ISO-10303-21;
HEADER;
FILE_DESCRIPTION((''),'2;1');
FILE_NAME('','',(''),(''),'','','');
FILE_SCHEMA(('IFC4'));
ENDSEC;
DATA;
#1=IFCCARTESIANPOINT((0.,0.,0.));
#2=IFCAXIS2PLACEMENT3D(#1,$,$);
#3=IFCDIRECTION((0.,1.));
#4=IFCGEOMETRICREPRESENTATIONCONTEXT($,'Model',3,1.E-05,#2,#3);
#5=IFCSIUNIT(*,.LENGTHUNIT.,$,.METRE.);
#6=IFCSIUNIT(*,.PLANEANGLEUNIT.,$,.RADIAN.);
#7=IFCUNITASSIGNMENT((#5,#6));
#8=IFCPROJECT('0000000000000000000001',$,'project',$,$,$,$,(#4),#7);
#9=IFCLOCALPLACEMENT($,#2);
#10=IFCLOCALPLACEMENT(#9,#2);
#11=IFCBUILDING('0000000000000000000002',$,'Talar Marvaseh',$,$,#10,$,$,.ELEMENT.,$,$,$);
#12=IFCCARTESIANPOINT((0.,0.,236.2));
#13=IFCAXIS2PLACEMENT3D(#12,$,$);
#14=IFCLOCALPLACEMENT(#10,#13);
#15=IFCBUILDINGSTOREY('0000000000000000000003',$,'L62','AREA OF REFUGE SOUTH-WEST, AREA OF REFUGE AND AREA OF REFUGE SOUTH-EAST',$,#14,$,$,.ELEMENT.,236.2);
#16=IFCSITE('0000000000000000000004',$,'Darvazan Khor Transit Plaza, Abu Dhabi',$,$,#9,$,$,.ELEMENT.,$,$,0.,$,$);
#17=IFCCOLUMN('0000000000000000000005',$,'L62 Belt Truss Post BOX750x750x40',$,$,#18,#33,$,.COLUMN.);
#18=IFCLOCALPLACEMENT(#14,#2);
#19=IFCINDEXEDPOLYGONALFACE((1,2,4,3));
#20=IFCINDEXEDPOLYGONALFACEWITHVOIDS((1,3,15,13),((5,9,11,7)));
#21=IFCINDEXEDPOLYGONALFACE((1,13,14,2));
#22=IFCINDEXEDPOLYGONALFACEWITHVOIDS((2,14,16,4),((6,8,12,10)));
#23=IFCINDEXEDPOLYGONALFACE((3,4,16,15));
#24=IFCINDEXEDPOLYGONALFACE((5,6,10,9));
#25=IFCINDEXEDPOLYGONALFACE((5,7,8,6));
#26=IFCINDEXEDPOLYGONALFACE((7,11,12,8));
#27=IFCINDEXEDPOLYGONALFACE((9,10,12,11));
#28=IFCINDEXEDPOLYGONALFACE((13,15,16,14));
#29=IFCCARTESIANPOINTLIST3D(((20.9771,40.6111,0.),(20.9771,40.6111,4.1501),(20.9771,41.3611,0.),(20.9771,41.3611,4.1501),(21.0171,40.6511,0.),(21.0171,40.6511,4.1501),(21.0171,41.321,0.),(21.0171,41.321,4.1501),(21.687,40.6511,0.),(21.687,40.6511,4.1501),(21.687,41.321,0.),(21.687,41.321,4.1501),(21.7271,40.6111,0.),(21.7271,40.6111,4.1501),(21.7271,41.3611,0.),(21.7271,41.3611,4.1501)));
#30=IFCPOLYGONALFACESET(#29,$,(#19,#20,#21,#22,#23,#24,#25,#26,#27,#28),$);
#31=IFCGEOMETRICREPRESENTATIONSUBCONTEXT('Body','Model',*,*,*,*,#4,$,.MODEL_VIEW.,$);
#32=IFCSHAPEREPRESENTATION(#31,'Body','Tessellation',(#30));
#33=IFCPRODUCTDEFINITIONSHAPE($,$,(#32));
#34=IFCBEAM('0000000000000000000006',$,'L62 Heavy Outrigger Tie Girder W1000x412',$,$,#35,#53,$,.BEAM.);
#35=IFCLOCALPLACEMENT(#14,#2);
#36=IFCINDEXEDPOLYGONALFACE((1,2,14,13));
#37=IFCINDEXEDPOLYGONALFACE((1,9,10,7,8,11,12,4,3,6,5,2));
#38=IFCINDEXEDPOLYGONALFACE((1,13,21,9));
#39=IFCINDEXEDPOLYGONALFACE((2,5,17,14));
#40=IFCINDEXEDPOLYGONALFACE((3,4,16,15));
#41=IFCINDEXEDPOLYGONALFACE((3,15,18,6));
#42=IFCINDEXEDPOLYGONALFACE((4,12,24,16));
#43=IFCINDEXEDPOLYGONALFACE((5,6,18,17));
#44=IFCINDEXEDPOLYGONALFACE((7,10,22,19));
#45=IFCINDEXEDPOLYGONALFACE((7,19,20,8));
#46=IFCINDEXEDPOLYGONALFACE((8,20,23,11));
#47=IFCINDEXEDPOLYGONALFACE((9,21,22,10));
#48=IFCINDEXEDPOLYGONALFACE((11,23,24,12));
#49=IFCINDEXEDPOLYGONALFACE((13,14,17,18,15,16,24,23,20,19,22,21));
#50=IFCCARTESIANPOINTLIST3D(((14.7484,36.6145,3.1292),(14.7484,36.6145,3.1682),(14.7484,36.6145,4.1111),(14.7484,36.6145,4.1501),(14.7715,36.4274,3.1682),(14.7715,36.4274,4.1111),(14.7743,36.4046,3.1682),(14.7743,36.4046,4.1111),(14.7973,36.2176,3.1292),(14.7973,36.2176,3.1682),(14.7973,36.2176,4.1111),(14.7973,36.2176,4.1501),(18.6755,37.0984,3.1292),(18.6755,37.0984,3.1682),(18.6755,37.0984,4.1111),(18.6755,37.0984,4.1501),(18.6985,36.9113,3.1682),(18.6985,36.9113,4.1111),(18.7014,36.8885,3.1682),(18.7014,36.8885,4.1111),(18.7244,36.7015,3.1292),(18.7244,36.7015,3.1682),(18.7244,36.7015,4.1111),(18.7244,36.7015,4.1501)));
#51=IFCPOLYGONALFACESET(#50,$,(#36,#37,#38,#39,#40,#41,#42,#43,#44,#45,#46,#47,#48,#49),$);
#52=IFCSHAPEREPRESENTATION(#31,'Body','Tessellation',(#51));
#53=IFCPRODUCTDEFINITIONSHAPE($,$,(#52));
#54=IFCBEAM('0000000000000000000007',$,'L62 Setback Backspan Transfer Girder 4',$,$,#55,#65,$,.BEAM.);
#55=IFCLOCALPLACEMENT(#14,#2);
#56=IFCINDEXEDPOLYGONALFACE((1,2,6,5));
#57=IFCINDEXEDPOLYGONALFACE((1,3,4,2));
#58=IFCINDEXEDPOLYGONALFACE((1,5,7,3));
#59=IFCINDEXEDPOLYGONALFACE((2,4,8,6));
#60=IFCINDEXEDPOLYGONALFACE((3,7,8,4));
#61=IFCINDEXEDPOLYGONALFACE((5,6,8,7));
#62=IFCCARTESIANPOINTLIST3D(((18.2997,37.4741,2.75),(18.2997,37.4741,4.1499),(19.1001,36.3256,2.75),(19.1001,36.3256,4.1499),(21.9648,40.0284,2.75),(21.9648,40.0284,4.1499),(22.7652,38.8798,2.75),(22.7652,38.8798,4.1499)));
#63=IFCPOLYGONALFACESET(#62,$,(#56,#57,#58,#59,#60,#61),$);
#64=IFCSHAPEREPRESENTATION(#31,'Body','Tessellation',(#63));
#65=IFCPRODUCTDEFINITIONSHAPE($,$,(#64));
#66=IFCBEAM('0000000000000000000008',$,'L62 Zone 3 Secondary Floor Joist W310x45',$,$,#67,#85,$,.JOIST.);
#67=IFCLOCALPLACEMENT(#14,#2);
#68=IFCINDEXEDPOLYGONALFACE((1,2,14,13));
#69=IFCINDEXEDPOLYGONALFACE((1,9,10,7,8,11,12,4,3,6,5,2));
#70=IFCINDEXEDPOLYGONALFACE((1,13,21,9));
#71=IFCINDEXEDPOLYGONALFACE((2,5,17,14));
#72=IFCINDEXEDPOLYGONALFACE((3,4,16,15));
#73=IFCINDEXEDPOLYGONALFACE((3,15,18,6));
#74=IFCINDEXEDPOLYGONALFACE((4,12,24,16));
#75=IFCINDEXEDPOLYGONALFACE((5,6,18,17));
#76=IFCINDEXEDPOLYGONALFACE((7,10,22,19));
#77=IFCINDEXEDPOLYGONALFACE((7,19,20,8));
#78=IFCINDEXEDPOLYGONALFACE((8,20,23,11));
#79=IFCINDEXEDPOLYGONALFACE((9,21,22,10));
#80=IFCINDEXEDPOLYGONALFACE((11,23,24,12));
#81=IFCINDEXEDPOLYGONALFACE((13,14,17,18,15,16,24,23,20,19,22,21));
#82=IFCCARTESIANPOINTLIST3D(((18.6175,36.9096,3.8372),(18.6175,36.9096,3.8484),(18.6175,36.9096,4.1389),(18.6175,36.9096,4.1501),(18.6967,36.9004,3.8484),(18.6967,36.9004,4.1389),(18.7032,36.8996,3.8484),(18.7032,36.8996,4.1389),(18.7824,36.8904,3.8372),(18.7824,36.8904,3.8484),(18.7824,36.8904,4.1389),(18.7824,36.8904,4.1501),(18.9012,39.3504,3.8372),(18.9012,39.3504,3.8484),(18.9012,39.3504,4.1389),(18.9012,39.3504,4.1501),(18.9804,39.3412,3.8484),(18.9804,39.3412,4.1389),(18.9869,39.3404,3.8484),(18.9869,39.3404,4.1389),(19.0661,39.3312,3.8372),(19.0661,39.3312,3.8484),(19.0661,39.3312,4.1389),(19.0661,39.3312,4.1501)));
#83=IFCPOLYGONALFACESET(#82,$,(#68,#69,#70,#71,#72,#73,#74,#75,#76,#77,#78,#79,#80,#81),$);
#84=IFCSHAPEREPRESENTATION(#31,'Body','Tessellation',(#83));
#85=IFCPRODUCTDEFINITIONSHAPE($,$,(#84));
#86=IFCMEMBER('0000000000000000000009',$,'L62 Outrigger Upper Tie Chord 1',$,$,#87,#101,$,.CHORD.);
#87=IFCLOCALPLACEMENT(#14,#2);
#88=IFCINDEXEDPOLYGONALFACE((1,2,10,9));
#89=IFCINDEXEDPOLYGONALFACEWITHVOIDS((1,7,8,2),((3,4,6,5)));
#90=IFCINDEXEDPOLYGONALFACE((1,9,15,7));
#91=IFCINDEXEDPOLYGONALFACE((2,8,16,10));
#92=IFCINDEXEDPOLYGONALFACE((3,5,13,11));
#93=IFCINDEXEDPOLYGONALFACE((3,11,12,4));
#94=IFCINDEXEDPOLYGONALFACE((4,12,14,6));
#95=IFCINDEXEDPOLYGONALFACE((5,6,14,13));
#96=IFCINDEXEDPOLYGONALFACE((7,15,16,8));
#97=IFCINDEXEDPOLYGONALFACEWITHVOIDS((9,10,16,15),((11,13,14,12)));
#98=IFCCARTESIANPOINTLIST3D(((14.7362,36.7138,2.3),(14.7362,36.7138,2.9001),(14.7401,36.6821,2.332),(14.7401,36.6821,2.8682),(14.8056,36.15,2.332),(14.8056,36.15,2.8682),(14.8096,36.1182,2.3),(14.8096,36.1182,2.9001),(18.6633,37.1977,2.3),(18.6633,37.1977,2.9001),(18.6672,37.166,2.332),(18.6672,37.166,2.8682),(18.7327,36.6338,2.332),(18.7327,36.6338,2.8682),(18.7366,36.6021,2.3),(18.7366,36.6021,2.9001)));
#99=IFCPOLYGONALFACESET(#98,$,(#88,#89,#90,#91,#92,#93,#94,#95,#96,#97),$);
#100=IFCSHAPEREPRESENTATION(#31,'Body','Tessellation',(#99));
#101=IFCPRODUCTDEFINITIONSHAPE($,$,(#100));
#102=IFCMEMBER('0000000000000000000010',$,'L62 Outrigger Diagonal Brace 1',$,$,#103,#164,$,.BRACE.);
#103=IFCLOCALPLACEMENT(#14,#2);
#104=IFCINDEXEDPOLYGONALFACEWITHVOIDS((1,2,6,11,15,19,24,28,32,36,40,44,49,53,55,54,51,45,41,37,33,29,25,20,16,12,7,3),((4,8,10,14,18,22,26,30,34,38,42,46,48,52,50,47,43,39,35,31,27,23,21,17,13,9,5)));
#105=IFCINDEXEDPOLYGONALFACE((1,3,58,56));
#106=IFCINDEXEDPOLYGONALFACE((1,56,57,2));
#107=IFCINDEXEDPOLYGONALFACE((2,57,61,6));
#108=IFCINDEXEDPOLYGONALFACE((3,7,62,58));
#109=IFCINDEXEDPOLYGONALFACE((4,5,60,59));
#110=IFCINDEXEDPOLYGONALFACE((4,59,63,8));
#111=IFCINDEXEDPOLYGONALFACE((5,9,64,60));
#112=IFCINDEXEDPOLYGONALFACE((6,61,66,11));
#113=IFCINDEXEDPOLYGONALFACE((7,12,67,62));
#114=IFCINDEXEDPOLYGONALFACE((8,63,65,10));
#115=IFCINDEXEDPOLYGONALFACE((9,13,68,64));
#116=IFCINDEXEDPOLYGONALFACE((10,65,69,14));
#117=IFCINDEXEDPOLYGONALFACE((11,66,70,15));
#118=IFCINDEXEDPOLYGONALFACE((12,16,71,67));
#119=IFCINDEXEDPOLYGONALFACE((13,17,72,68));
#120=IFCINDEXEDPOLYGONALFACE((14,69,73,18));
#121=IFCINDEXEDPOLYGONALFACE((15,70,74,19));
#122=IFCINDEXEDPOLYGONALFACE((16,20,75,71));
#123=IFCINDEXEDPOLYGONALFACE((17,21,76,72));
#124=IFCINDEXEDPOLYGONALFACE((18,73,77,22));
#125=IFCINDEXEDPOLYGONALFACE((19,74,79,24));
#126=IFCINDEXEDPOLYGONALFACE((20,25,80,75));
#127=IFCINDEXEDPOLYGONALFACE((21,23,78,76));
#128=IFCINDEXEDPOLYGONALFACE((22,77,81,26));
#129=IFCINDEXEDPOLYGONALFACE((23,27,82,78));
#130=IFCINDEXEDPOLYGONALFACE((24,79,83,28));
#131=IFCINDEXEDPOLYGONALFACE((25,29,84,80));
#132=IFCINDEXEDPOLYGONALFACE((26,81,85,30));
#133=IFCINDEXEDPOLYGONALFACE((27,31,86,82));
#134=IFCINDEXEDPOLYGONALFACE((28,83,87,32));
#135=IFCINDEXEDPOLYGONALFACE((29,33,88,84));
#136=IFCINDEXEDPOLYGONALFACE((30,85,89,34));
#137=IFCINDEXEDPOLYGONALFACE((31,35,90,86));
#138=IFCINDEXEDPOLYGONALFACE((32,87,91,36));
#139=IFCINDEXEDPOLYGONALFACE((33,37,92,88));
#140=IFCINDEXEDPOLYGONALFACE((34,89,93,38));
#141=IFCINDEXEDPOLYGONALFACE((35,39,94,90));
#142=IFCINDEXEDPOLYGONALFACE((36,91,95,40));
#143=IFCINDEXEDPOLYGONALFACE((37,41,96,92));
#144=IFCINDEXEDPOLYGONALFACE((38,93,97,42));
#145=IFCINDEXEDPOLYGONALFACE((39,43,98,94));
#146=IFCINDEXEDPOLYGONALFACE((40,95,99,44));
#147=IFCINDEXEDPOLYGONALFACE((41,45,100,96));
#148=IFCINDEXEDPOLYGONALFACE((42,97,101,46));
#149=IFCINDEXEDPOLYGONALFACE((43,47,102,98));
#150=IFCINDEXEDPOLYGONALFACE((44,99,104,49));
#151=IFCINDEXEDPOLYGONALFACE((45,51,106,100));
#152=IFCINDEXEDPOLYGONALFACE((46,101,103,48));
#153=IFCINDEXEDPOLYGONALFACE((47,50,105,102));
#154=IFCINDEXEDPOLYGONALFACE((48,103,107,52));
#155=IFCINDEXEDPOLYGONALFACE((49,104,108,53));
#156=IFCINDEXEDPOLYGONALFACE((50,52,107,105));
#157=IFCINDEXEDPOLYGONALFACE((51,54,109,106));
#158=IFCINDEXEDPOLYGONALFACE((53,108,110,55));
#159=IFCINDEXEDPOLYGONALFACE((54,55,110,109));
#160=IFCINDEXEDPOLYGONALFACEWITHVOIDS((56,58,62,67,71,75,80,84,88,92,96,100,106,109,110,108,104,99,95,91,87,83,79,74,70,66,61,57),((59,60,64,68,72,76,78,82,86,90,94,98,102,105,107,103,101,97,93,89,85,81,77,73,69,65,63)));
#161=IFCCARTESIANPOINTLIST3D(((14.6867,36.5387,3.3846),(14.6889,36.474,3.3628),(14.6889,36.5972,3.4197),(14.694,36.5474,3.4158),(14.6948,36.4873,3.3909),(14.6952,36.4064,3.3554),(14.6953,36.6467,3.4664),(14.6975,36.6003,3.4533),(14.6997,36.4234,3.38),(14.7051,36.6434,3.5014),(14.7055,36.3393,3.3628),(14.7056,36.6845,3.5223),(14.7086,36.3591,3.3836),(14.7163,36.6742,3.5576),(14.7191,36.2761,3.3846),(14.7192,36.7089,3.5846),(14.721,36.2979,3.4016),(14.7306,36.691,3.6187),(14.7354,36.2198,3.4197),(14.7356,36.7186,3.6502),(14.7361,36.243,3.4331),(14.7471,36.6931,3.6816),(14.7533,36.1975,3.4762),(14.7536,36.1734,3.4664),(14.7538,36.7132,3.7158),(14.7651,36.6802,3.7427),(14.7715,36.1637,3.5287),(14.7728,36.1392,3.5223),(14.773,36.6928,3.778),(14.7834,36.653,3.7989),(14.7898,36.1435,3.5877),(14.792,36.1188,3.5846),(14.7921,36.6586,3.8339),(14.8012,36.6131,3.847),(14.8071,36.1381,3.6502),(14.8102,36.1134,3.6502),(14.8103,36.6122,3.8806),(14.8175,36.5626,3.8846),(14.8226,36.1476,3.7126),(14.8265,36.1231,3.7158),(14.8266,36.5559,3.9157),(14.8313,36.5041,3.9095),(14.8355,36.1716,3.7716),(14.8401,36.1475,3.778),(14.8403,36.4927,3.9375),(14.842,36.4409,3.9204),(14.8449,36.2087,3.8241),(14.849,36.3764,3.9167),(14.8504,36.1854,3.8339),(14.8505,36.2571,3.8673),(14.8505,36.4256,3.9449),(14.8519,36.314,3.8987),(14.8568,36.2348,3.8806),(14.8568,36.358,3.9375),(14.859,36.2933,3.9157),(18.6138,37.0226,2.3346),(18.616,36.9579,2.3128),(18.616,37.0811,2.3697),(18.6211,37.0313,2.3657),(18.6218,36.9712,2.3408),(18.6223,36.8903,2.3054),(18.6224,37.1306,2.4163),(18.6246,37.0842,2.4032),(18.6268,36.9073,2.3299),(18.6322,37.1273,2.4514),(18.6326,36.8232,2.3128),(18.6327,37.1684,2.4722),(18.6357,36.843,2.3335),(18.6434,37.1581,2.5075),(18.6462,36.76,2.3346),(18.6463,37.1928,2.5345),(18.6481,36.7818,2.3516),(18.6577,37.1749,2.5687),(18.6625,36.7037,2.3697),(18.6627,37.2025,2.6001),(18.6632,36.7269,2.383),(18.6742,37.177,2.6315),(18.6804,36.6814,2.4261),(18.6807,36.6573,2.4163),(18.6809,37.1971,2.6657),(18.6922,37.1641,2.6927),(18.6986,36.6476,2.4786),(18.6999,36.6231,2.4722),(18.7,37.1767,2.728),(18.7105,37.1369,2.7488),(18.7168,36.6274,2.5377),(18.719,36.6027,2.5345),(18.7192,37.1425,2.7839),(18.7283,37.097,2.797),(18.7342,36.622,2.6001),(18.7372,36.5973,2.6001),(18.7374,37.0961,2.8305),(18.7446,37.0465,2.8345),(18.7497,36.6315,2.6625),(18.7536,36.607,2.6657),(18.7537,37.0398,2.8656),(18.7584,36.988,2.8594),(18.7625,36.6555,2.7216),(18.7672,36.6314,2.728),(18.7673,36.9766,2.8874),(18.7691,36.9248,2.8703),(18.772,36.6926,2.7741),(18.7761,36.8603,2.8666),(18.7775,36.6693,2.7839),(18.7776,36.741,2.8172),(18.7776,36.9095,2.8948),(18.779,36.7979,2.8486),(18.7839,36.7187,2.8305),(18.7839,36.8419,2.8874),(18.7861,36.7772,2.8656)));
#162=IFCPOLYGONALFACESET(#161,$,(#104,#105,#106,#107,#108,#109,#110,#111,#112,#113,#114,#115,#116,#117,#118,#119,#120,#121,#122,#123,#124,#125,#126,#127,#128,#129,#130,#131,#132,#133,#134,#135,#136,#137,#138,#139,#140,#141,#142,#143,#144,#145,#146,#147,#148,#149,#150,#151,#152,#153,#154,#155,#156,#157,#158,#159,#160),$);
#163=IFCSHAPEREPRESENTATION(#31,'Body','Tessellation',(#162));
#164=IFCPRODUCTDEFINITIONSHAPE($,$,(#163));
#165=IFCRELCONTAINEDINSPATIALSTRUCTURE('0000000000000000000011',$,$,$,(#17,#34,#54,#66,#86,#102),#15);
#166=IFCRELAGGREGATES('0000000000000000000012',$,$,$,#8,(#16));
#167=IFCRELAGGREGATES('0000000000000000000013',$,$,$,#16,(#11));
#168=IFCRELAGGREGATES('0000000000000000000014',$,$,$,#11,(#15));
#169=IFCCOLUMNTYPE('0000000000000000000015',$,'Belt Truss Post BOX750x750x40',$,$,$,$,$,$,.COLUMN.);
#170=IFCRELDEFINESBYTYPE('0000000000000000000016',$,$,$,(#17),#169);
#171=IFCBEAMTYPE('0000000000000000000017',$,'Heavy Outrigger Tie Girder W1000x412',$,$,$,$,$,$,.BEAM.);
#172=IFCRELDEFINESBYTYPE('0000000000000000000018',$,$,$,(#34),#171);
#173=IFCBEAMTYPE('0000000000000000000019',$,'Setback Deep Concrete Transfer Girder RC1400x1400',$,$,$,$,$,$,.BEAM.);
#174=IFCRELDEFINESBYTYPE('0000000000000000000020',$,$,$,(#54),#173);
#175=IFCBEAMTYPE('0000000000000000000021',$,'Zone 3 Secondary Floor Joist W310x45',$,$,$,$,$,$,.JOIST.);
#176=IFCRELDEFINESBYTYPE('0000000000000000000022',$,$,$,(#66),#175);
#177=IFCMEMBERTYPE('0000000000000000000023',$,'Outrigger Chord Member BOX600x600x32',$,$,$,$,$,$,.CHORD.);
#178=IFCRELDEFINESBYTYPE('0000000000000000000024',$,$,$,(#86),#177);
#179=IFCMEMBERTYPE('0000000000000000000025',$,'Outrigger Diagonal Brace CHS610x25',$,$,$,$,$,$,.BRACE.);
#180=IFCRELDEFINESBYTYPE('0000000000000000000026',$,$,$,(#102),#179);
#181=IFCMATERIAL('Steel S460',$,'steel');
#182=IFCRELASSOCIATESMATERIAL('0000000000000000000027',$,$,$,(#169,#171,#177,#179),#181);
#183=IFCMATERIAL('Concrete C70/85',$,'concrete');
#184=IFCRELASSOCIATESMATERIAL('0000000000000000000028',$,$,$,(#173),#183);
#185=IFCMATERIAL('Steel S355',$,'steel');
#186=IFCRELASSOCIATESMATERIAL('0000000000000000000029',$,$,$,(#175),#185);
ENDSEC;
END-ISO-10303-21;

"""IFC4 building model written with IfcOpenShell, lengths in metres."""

from ifc_helpers import new_model, si_unit, direction, frame, origin, origin_2d, place, context, subcontext, project, spatial, rectangle, hollow_rectangle, hollow_circle, i_section, extrude, source, transform, mapped, material, material_profile, profile_set, type_object, type_shapes, element, save


model = new_model("IFC4")

# Units and contexts
model_context = context("Model", 3, precision=1e-05, world=origin(), true_north=direction((0.0, 1.0)))
body_context = subcontext(model_context, "Body", "Model", "MODEL_VIEW")
ifc_project = project(units=[si_unit("LENGTHUNIT", "METRE"), si_unit("PLANEANGLEUNIT", "RADIAN")], contexts=[model_context])

# Site, building, storey
site_placement = place(None, origin())
site = spatial("IfcSite", under=ifc_project, at=site_placement, Name="Darvazan Khor Transit Plaza, Abu Dhabi", CompositionType="ELEMENT", RefElevation=0.0)
building_placement = place(site_placement, origin())
building = spatial("IfcBuilding", under=site, at=building_placement, Name="Talar Marvaseh", CompositionType="ELEMENT")
storey_placement = place(building_placement, frame((0.0, 0.0, 236.2)))
storey = spatial("IfcBuildingStorey", under=building, at=storey_placement, Name="L62", Description="AREA OF REFUGE SOUTH-WEST, AREA OF REFUGE AND AREA OF REFUGE SOUTH-EAST", CompositionType="ELEMENT", Elevation=236.2)

# Column
ifc_material_1 = material(Name="Steel S460", Category="steel")
ifc_material_profile_1 = material_profile(ifc_material_1, hollow_rectangle(XDim=0.75, YDim=0.75, WallThickness=0.04, at=origin_2d()), Name="BOX750x750x40")
ifc_profile_set_1 = profile_set([ifc_material_profile_1], Name="Steel S460")
column_type = type_object("IfcColumnType", Name="Belt Truss Post BOX750x750x40", PredefinedType="COLUMN", material=ifc_profile_set_1)
column_placement = place(storey_placement, frame((21.3521, 40.9861, 0.0), z_axis=(0.0, 0.0, 1.0), x_axis=(1.0, 0.0, 0.0)))
element("IfcColumn", 1, at=column_placement, inside=storey, type_object=column_type, Name="L62 Belt Truss Post BOX750x750x40", PredefinedType="COLUMN", context=body_context, shape_type="SweptSolid", body=[
    extrude(hollow_rectangle(XDim=0.75, YDim=0.75, WallThickness=0.04, at=origin_2d()), origin(), (0.0, 0.0, 1.0), 4.1501),
])

# Beams
ifc_material_profile_2 = material_profile(ifc_material_1, i_section(OverallWidth=0.3999, OverallDepth=1.021, WebThickness=0.0229, FlangeThickness=0.0391, at=origin_2d()), Name="W1000x412")
ifc_profile_set_2 = profile_set([ifc_material_profile_2], Name="Steel S460")
beam_type_1 = type_object("IfcBeamType", Name="Heavy Outrigger Tie Girder W1000x412", PredefinedType="BEAM", material=ifc_profile_set_2)
beam_1_placement = place(storey_placement, frame((18.7, 36.8999, 3.6396), z_axis=(-0.992494, -0.122295, 0.0), x_axis=(0.122295, -0.992494, 0.0)))
element("IfcBeam", 2, at=beam_1_placement, inside=storey, type_object=beam_type_1, Name="L62 Heavy Outrigger Tie Girder W1000x412", PredefinedType="BEAM", context=body_context, shape_type="SweptSolid", body=[
    extrude(i_section(OverallWidth=0.3999, OverallDepth=1.021, WebThickness=0.0229, FlangeThickness=0.0391, at=origin_2d()), origin(), (0.0, 0.0, 1.0), 3.9568),
])
ifc_material_2 = material(Name="Concrete C70/85", Category="concrete")
ifc_material_profile_3 = material_profile(ifc_material_2, rectangle(XDim=1.3999, YDim=1.3999, at=origin_2d()), Name="RC1400x1400")
ifc_profile_set_3 = profile_set([ifc_material_profile_3], Name="Concrete C70/85")
beam_type_2 = type_object("IfcBeamType", Name="Setback Deep Concrete Transfer Girder RC1400x1400", PredefinedType="BEAM", material=ifc_profile_set_3)
beam_2_placement = place(storey_placement, frame((22.365, 39.4541, 3.45), z_axis=(-0.820421, -0.571759, 0.0), x_axis=(0.571759, -0.820421, 0.0)))
element("IfcBeam", 3, at=beam_2_placement, inside=storey, type_object=beam_type_2, Name="L62 Setback Backspan Transfer Girder 4", PredefinedType="BEAM", context=body_context, shape_type="SweptSolid", body=[
    extrude(rectangle(XDim=1.3999, YDim=1.3999, at=origin_2d()), origin(), (0.0, 0.0, 1.0), 4.4673),
])
ifc_material_3 = material(Name="Steel S355", Category="steel")
ifc_material_profile_4 = material_profile(ifc_material_3, i_section(OverallWidth=0.166, OverallDepth=0.313, WebThickness=0.0066, FlangeThickness=0.0112, at=origin_2d()), Name="W310x45")
ifc_profile_set_4 = profile_set([ifc_material_profile_4], Name="Steel S355")
beam_type_3 = type_object("IfcBeamType", Name="Zone 3 Secondary Floor Joist W310x45", PredefinedType="JOIST", material=ifc_profile_set_4)
beam_3_placement = place(storey_placement, frame((18.9836, 39.3408, 3.9937), z_axis=(-0.115446, -0.993314, 0.0), x_axis=(0.993314, -0.115446, 0.0)))
element("IfcBeam", 4, at=beam_3_placement, inside=storey, type_object=beam_type_3, Name="L62 Zone 3 Secondary Floor Joist W310x45", PredefinedType="JOIST", context=body_context, shape_type="SweptSolid", body=[
    extrude(i_section(OverallWidth=0.166, OverallDepth=0.313, WebThickness=0.0066, FlangeThickness=0.0112, at=origin_2d()), origin(), (0.0, 0.0, 1.0), 2.4573),
])

# Members
ifc_material_profile_5 = material_profile(ifc_material_1, hollow_rectangle(XDim=0.6001, YDim=0.6001, WallThickness=0.032, at=origin_2d()), Name="BOX600x600x32")
ifc_profile_set_5 = profile_set([ifc_material_profile_5], Name="Steel S460")
member_type_1 = type_object("IfcMemberType", Name="Outrigger Chord Member BOX600x600x32", PredefinedType="CHORD", material=ifc_profile_set_5)
shared_shape_1 = source(origin(), body_context, "Body", "SweptSolid", [
    extrude(hollow_rectangle(XDim=0.6001, YDim=0.6001, WallThickness=0.032, at=origin_2d()), origin(), (0.0, 0.0, 1.0), 3.9568),
])
type_shapes(member_type_1, [shared_shape_1])
member_1_placement = place(storey_placement, frame((18.7, 36.8999, 2.6001), z_axis=(-0.992494, -0.122295, 0.0), x_axis=(0.122295, -0.992494, 0.0)))
element("IfcMember", 5, at=member_1_placement, inside=storey, type_object=member_type_1, Name="L62 Outrigger Upper Tie Chord 1", PredefinedType="CHORD", context=body_context, shape_type="MappedRepresentation", body=[
    mapped(shared_shape_1, transform((0.0, 0.0, 0.0), x_axis=(1.0, 0.0, 0.0), y_axis=(0.0, 1.0, 0.0), z_axis=(0.0, 0.0, 1.0), scale=1.0)),
])
ifc_material_profile_6 = material_profile(ifc_material_1, hollow_circle(Radius=0.3049, WallThickness=0.0249, at=origin_2d()), Name="CHS610x25")
ifc_profile_set_6 = profile_set([ifc_material_profile_6], Name="Steel S460")
member_type_2 = type_object("IfcMemberType", Name="Outrigger Diagonal Brace CHS610x25", PredefinedType="BRACE", material=ifc_profile_set_6)
shared_shape_2 = source(origin(), body_context, "Body", "SweptSolid", [
    extrude(hollow_circle(Radius=0.3049, WallThickness=0.0249, at=origin_2d()), origin(), (0.0, 0.0, 1.0), 4.0938),
])
type_shapes(member_type_2, [shared_shape_2])
member_2_placement = place(storey_placement, frame((18.7, 36.8999, 2.6001), z_axis=(-0.959288, -0.118204, 0.256506), x_axis=(0.122295, -0.992494, 0.0)))
element("IfcMember", 6, at=member_2_placement, inside=storey, type_object=member_type_2, Name="L62 Outrigger Diagonal Brace 1", PredefinedType="BRACE", context=body_context, shape_type="MappedRepresentation", body=[
    mapped(shared_shape_2, transform((0.0, 0.0, 0.0), x_axis=(1.0, 0.0, 0.0), y_axis=(0.0, 1.0, 0.0), z_axis=(0.0, 0.0, 1.0), scale=1.0)),
])

save(model, "model.ifc")
